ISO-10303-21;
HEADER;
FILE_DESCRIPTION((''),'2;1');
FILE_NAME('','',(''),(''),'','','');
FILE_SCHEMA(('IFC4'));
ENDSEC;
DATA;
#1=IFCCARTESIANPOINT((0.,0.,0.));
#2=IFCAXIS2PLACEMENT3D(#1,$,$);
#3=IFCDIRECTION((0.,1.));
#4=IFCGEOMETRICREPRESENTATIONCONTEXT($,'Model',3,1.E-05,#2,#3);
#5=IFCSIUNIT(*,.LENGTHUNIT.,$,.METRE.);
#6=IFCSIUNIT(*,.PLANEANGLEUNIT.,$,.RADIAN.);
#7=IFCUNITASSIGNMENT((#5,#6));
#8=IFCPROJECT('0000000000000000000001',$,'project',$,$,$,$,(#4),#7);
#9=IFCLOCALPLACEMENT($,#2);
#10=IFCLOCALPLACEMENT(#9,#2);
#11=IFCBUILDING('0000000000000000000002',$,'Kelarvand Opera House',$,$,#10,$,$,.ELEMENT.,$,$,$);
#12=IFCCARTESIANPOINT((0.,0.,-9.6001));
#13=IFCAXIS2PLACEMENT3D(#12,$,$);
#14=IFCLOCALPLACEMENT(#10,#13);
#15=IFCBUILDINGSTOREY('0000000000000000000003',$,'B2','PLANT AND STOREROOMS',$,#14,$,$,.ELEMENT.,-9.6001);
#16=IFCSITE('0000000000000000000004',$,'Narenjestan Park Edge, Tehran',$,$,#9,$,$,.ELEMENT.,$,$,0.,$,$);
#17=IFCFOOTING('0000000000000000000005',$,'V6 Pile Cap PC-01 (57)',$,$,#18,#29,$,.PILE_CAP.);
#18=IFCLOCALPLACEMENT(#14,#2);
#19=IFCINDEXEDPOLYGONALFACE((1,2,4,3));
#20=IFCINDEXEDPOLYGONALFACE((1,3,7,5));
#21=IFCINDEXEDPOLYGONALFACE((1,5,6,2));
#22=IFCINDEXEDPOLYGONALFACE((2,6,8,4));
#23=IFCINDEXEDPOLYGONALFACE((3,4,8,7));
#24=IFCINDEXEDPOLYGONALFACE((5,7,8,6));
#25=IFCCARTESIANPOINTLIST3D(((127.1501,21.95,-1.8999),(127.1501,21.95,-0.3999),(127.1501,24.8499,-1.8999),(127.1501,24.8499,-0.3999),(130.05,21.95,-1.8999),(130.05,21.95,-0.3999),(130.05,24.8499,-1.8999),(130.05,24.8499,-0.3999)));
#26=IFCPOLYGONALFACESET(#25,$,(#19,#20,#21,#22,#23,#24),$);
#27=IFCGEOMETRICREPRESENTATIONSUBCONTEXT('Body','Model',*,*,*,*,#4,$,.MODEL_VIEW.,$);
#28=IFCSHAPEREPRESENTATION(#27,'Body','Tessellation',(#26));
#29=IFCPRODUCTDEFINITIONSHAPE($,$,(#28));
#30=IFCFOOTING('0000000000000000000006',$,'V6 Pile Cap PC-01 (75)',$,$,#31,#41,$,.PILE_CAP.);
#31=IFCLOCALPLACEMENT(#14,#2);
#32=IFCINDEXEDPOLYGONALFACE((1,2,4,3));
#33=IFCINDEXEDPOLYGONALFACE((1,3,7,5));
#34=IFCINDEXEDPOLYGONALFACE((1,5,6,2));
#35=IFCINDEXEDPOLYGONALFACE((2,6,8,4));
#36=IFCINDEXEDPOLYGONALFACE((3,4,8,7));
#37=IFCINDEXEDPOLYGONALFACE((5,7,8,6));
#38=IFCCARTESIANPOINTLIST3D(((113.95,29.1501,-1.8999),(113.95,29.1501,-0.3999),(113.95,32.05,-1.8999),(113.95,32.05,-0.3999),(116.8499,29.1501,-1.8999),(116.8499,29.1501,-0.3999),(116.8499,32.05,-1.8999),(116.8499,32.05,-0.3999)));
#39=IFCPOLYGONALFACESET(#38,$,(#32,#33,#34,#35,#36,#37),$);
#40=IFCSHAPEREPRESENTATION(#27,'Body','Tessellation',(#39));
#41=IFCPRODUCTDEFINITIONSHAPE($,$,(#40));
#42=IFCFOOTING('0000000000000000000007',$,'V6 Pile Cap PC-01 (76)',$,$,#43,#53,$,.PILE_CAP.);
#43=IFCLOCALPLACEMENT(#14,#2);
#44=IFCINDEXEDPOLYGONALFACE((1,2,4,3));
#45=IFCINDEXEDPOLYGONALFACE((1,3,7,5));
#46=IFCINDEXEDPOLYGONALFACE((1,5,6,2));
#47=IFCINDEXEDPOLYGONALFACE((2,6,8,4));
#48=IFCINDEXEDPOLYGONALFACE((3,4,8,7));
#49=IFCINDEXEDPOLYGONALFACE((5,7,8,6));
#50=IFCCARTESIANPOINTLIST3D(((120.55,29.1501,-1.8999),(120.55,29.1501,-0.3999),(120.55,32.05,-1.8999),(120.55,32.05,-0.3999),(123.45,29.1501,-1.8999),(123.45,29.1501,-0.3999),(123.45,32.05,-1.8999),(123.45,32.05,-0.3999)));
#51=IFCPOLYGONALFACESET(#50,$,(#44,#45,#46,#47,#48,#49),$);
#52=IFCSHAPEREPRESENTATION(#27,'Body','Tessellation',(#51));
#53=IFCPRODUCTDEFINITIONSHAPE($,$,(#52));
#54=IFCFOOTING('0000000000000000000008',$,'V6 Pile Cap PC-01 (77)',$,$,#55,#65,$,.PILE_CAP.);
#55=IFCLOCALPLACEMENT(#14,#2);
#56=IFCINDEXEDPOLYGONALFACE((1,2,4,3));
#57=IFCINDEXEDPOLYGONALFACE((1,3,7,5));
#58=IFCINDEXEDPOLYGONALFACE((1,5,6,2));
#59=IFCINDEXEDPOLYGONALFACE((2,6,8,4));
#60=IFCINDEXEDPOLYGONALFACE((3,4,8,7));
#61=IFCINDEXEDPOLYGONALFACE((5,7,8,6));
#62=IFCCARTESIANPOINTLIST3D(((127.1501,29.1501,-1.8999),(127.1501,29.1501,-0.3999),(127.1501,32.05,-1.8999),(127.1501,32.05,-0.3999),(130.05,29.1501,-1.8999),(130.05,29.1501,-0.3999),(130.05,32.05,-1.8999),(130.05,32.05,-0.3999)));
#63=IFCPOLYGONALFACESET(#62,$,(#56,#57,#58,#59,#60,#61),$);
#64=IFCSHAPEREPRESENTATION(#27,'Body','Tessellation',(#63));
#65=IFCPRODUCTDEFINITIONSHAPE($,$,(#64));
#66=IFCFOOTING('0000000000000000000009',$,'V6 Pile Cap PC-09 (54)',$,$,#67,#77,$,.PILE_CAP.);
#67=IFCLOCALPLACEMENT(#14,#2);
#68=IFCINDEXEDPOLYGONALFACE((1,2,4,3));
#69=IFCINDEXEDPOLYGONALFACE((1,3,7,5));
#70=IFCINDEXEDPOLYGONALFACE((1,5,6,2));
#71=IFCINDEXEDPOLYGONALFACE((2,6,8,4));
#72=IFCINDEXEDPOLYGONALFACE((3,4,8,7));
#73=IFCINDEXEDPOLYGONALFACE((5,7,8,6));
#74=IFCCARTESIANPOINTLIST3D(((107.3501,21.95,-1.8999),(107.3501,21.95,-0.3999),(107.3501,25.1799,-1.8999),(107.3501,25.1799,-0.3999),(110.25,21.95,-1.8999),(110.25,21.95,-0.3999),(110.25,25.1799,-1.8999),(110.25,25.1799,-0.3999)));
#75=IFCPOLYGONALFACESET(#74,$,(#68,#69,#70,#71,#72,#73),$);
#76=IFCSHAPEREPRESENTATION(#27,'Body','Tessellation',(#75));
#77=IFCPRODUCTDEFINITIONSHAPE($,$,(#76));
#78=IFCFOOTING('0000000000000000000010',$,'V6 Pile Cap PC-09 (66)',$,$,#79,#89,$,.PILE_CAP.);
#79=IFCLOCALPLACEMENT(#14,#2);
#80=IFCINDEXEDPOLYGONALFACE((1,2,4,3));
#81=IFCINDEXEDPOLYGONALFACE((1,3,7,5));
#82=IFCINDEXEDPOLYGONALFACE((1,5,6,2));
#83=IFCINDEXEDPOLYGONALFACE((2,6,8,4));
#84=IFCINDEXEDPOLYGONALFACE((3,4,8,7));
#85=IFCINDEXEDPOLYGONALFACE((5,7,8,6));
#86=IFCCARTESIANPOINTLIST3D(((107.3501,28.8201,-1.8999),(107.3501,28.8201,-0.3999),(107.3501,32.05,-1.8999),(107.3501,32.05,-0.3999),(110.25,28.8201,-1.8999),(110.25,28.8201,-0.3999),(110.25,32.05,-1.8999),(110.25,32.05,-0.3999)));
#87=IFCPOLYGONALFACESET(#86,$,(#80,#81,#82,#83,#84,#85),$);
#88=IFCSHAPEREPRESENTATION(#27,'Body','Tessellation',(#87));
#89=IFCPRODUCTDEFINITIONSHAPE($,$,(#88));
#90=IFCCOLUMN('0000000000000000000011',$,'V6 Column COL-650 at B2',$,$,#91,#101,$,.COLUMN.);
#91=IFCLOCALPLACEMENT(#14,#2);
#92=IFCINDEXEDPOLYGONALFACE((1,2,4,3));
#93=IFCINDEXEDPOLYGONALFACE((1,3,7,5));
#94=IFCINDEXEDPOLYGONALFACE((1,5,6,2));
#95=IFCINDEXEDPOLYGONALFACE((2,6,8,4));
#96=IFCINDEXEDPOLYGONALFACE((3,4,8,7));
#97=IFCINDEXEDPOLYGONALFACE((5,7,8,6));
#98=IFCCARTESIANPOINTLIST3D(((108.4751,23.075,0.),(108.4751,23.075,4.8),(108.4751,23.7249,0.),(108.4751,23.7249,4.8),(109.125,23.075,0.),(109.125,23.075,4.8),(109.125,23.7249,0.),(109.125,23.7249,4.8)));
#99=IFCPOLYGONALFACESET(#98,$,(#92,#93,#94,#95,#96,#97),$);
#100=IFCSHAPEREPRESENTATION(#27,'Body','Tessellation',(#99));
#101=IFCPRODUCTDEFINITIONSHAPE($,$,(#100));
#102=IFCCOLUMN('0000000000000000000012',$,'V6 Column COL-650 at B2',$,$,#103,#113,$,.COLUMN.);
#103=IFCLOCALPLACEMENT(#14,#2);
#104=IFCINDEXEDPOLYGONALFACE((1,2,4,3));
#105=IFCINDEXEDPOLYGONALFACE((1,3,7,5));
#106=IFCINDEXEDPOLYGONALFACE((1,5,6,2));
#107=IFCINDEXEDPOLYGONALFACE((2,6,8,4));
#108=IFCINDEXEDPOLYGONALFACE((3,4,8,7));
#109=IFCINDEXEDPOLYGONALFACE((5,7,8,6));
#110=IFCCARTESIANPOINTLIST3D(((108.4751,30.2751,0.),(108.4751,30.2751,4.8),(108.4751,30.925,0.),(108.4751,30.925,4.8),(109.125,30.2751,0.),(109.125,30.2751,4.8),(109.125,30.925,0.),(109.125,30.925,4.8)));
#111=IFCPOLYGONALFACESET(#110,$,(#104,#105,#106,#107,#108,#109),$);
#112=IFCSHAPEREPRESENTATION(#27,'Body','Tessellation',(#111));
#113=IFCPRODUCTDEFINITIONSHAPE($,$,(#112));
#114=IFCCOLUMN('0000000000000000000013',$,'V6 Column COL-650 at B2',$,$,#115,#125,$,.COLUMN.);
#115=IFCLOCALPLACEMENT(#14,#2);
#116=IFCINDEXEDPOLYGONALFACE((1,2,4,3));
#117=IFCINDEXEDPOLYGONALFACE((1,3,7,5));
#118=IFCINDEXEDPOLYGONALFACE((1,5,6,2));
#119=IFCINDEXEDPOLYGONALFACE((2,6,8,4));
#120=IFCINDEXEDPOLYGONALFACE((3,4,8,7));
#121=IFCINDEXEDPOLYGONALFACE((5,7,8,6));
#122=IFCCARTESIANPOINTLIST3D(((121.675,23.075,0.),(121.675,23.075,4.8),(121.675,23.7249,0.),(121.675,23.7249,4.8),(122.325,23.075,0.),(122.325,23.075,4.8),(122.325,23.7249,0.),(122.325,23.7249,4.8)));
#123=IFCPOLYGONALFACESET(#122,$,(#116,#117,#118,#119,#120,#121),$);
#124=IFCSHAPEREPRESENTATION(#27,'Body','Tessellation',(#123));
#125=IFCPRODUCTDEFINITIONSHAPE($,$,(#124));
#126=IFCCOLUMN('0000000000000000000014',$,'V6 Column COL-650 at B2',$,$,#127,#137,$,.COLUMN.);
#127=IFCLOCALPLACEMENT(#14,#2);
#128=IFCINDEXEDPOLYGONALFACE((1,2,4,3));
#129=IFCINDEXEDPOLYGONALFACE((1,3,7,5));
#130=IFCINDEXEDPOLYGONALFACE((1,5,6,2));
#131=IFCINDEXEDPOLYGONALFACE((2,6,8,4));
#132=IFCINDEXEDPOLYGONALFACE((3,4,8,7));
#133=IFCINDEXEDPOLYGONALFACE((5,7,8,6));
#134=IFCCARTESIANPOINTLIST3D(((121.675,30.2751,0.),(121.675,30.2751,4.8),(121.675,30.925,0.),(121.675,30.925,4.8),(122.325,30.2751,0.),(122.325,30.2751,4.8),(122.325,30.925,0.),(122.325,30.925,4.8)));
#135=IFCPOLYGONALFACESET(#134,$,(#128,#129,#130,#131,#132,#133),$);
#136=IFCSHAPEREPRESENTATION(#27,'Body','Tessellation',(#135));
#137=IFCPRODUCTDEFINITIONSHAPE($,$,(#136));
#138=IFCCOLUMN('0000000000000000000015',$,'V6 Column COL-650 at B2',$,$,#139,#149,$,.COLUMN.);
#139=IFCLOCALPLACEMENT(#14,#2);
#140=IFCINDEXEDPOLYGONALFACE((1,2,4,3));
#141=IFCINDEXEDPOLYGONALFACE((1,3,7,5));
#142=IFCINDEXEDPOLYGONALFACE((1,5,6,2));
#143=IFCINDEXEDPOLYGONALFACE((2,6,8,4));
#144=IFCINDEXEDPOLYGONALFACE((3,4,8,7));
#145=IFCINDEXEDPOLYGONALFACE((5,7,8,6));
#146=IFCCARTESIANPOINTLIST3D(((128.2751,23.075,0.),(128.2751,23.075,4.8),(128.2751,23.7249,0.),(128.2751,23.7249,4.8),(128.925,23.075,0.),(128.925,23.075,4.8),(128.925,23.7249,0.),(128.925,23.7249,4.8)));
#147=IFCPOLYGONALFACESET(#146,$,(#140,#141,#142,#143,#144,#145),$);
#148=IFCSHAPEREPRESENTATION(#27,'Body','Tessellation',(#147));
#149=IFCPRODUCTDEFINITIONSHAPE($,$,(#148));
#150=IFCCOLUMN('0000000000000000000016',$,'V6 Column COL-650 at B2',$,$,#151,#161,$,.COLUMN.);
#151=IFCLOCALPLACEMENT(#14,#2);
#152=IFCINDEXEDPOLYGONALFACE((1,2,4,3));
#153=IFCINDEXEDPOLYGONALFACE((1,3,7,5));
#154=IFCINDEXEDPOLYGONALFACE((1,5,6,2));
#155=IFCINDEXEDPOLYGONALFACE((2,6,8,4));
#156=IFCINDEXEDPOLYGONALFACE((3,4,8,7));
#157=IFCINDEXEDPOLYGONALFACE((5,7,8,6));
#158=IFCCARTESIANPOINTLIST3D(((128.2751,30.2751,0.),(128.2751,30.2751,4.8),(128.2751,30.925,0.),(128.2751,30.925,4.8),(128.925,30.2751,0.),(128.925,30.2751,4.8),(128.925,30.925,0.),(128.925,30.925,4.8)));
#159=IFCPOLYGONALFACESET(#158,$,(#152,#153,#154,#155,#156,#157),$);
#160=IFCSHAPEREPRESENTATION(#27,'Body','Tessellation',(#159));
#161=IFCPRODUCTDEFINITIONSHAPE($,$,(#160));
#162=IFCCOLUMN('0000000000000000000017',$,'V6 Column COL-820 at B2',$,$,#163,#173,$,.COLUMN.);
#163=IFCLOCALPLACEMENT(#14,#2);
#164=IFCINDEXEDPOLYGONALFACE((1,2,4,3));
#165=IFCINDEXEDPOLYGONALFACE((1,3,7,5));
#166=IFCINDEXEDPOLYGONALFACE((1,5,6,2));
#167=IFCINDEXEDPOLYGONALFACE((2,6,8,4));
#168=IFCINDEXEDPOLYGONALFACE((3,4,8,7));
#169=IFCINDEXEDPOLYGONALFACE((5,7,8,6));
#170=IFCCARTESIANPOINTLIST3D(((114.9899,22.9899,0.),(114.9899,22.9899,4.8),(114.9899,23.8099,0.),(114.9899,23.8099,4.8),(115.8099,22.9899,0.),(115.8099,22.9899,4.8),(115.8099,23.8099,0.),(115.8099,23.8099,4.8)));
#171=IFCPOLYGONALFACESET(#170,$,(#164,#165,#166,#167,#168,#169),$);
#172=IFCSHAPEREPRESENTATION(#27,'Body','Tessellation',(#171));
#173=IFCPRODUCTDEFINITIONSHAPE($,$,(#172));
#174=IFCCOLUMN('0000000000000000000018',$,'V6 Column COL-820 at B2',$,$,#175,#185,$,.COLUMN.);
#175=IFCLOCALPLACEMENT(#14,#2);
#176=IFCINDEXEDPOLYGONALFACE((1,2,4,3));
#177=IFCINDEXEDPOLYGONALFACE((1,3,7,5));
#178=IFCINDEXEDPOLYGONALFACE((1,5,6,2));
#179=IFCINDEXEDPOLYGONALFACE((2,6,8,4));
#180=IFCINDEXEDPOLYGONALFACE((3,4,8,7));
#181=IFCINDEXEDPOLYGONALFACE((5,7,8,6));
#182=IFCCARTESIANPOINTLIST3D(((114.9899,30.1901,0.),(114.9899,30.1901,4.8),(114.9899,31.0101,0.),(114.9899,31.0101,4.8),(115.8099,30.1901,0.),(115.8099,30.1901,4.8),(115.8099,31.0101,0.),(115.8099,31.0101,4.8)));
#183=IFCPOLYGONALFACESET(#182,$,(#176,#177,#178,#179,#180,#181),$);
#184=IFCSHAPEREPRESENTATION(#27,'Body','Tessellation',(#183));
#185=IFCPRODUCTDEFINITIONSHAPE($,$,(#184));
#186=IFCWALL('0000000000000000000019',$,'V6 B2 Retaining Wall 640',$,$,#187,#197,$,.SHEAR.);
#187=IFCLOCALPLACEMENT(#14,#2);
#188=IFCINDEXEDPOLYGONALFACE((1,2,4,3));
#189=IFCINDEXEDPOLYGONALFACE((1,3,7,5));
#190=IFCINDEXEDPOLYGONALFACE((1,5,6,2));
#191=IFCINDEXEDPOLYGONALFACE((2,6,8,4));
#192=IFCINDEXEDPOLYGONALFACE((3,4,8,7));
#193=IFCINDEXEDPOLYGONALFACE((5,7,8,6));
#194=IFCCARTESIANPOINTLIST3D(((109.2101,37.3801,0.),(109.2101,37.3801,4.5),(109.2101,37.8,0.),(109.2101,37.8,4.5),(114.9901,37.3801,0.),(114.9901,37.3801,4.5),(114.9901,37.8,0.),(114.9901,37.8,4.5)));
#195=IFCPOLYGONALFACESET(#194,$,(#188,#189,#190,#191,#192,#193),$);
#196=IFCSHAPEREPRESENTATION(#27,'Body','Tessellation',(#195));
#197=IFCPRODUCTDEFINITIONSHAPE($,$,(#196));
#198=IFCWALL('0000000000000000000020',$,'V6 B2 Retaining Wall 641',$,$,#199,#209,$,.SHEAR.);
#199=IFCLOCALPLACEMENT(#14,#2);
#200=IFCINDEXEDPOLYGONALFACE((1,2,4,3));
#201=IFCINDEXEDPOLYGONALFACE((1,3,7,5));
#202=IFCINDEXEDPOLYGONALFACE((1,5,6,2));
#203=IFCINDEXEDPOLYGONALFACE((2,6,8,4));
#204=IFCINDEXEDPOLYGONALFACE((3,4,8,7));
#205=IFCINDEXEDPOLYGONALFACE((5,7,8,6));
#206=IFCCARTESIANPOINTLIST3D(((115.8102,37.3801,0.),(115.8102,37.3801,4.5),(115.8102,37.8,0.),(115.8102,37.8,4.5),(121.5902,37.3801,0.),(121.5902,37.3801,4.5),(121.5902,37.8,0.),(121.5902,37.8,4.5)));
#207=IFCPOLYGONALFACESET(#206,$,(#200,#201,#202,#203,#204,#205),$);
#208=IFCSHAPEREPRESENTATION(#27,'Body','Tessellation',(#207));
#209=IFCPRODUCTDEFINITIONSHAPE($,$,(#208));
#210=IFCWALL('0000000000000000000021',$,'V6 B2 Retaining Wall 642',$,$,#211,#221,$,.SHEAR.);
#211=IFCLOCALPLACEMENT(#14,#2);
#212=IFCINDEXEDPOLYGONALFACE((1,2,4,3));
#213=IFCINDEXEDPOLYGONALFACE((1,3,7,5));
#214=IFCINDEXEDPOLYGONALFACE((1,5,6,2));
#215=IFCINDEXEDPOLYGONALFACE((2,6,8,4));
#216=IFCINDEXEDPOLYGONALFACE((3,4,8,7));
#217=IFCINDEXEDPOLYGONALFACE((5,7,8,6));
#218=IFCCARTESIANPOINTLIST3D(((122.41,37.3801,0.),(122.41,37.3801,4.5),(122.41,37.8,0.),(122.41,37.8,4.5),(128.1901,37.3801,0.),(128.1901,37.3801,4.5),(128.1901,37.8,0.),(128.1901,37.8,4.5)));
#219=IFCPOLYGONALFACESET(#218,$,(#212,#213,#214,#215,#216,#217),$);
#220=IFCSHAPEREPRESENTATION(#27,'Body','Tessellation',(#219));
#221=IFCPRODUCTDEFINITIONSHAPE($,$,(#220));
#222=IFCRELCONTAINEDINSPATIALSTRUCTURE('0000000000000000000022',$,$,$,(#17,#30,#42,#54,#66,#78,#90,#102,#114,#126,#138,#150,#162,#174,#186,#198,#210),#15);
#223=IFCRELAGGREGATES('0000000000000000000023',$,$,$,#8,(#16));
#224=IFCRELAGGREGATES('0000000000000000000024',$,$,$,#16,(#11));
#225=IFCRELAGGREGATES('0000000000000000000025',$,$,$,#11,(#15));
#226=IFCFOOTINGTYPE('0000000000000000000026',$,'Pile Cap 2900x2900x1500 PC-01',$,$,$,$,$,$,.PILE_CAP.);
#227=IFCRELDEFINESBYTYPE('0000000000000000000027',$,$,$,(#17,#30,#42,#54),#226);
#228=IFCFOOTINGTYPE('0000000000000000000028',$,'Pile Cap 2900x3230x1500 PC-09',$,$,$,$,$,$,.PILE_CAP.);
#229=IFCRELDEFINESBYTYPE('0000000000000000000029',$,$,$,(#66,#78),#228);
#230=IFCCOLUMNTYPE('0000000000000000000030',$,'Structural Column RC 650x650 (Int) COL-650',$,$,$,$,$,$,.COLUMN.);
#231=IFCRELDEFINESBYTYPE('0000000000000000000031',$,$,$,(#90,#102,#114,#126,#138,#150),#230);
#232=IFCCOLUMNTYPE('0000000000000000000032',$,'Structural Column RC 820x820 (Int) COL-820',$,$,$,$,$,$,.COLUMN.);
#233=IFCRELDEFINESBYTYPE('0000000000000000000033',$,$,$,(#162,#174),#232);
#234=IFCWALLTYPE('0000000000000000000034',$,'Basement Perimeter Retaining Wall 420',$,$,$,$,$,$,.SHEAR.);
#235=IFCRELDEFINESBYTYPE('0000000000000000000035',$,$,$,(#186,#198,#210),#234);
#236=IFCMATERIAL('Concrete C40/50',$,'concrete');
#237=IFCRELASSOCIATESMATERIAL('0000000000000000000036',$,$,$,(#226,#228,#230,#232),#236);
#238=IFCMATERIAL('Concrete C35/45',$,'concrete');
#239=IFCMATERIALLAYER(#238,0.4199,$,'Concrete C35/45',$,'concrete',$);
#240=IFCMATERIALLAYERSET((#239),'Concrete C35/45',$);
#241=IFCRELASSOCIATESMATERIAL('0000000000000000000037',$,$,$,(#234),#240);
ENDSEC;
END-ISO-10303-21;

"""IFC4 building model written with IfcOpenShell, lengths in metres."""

from ifc_helpers import new_model, si_unit, direction, frame, frame_2d, origin, origin_2d, place, context, subcontext, project, spatial, rectangle, extrude, material, layer, layer_set, material_profile, profile_set, type_object, element, save


model = new_model("IFC4")

# Units and contexts
model_context = context("Model", 3, precision=1e-05, world=origin(), true_north=direction((0.0, 1.0)))
body_context = subcontext(model_context, "Body", "Model", "MODEL_VIEW")
ifc_project = project(units=[si_unit("LENGTHUNIT", "METRE"), si_unit("PLANEANGLEUNIT", "RADIAN")], contexts=[model_context])

# Site, building, storey
site_placement = place(None, origin())
site = spatial("IfcSite", under=ifc_project, at=site_placement, Name="Narenjestan Park Edge, Tehran", CompositionType="ELEMENT", RefElevation=0.0)
building_placement = place(site_placement, origin())
building = spatial("IfcBuilding", under=site, at=building_placement, Name="Kelarvand Opera House", CompositionType="ELEMENT")
storey_placement = place(building_placement, frame((0.0, 0.0, -9.6001)))
storey = spatial("IfcBuildingStorey", under=building, at=storey_placement, Name="B2", Description="PLANT AND STOREROOMS", CompositionType="ELEMENT", Elevation=-9.6001)

# Shared definitions
ifc_material_1 = material(Name="Concrete C40/50", Category="concrete")

# Footings
footing_type_1 = type_object("IfcFootingType", Name="Pile Cap 2900x2900x1500 PC-01", PredefinedType="PILE_CAP", material=ifc_material_1)
for number, where, z_axis, x_axis, name in (
    (1, (128.6001, 23.3999, -1.8999), (0.0, 0.0, 1.0), (1.0, 0.0, 0.0), "V6 Pile Cap PC-01 (57)"),
    (2, (115.3999, 30.6001, -1.8999), (0.0, 0.0, 1.0), (1.0, 0.0, 0.0), "V6 Pile Cap PC-01 (75)"),
    (3, (122.0, 30.6001, -1.8999), (0.0, 0.0, 1.0), (1.0, 0.0, 0.0), "V6 Pile Cap PC-01 (76)"),
    (4, (128.6001, 30.6001, -1.8999), (0.0, 0.0, 1.0), (1.0, 0.0, 0.0), "V6 Pile Cap PC-01 (77)"),
):
    element("IfcFooting", number, at=place(storey_placement, frame(where, z_axis=z_axis, x_axis=x_axis)), inside=storey, type_object=footing_type_1, Name=name, PredefinedType="PILE_CAP", context=body_context, shape_type="SweptSolid", body=[
        extrude(rectangle(XDim=2.8999, YDim=2.8999, at=origin_2d()), origin(), (0.0, 0.0, 1.0), 1.5),
    ])
footing_type_2 = type_object("IfcFootingType", Name="Pile Cap 2900x3230x1500 PC-09", PredefinedType="PILE_CAP", material=ifc_material_1)
for number, where, z_axis, x_axis, name in (
    (5, (108.8, 23.5649, -1.8999), (0.0, 0.0, 1.0), (1.0, 0.0, 0.0), "V6 Pile Cap PC-09 (54)"),
    (6, (108.8, 30.4351, -1.8999), (0.0, 0.0, 1.0), (1.0, 0.0, 0.0), "V6 Pile Cap PC-09 (66)"),
):
    element("IfcFooting", number, at=place(storey_placement, frame(where, z_axis=z_axis, x_axis=x_axis)), inside=storey, type_object=footing_type_2, Name=name, PredefinedType="PILE_CAP", context=body_context, shape_type="SweptSolid", body=[
        extrude(rectangle(XDim=2.8999, YDim=3.23, at=origin_2d()), origin(), (0.0, 0.0, 1.0), 1.5),
    ])

# Columns
ifc_material_profile_1 = material_profile(ifc_material_1, rectangle(XDim=0.6499, YDim=0.6499, at=origin_2d()), Name="RC 650x650", Category="concrete")
ifc_profile_set_1 = profile_set([ifc_material_profile_1], Name="Concrete C40/50")
column_type_1 = type_object("IfcColumnType", Name="Structural Column RC 650x650 (Int) COL-650", PredefinedType="COLUMN", material=ifc_profile_set_1)
for number, where, z_axis, x_axis, name in (
    (7, (108.8, 23.3999, 0.0), (0.0, 0.0, 1.0), (1.0, 0.0, 0.0), "V6 Column COL-650 at B2"),
    (8, (108.8, 30.6001, 0.0), (0.0, 0.0, 1.0), (1.0, 0.0, 0.0), "V6 Column COL-650 at B2"),
    (9, (122.0, 23.3999, 0.0), (0.0, 0.0, 1.0), (1.0, 0.0, 0.0), "V6 Column COL-650 at B2"),
    (10, (122.0, 30.6001, 0.0), (0.0, 0.0, 1.0), (1.0, 0.0, 0.0), "V6 Column COL-650 at B2"),
    (11, (128.6001, 23.3999, 0.0), (0.0, 0.0, 1.0), (1.0, 0.0, 0.0), "V6 Column COL-650 at B2"),
    (12, (128.6001, 30.6001, 0.0), (0.0, 0.0, 1.0), (1.0, 0.0, 0.0), "V6 Column COL-650 at B2"),
):
    element("IfcColumn", number, at=place(storey_placement, frame(where, z_axis=z_axis, x_axis=x_axis)), inside=storey, type_object=column_type_1, Name=name, PredefinedType="COLUMN", context=body_context, shape_type="SweptSolid", body=[
        extrude(rectangle(XDim=0.6499, YDim=0.6499, at=origin_2d()), origin(), (0.0, 0.0, 1.0), 4.8),
    ])
ifc_material_profile_2 = material_profile(ifc_material_1, rectangle(XDim=0.8201, YDim=0.8201, at=origin_2d()), Name="RC 820x820", Category="concrete")
ifc_profile_set_2 = profile_set([ifc_material_profile_2], Name="Concrete C40/50")
column_type_2 = type_object("IfcColumnType", Name="Structural Column RC 820x820 (Int) COL-820", PredefinedType="COLUMN", material=ifc_profile_set_2)
for number, where, z_axis, x_axis, name in (
    (13, (115.3999, 23.3999, 0.0), (0.0, 0.0, 1.0), (1.0, 0.0, 0.0), "V6 Column COL-820 at B2"),
    (14, (115.3999, 30.6001, 0.0), (0.0, 0.0, 1.0), (1.0, 0.0, 0.0), "V6 Column COL-820 at B2"),
):
    element("IfcColumn", number, at=place(storey_placement, frame(where, z_axis=z_axis, x_axis=x_axis)), inside=storey, type_object=column_type_2, Name=name, PredefinedType="COLUMN", context=body_context, shape_type="SweptSolid", body=[
        extrude(rectangle(XDim=0.8201, YDim=0.8201, at=origin_2d()), origin(), (0.0, 0.0, 1.0), 4.8),
    ])

# Walls
ifc_material_2 = material(Name="Concrete C35/45", Category="concrete")
ifc_layer_1 = layer(ifc_material_2, 0.4199, Name="Concrete C35/45", Category="concrete")
ifc_layer_set_1 = layer_set([ifc_layer_1], Name="Concrete C35/45")
wall_type_1 = type_object("IfcWallType", Name="Basement Perimeter Retaining Wall 420", PredefinedType="SHEAR", material=ifc_layer_set_1)
for number, where, z_axis, x_axis, name in (
    (15, (109.21, 37.5901, 0.0), (0.0, 0.0, 1.0), (1.0, 0.0, 0.0), "V6 B2 Retaining Wall 640"),
    (16, (115.8101, 37.5901, 0.0), (0.0, 0.0, 1.0), (1.0, 0.0, 0.0), "V6 B2 Retaining Wall 641"),
    (17, (122.4099, 37.5901, 0.0), (0.0, 0.0, 1.0), (1.0, 0.0, 0.0), "V6 B2 Retaining Wall 642"),
):
    element("IfcWall", number, at=place(storey_placement, frame(where, z_axis=z_axis, x_axis=x_axis)), inside=storey, type_object=wall_type_1, Name=name, PredefinedType="SHEAR", context=body_context, shape_type="SweptSolid", body=[
        extrude(rectangle(XDim=5.78, YDim=0.4199, at=frame_2d((2.8901, 0.0))), origin(), (0.0, 0.0, 1.0), 4.5),
    ])

save(model, "model.ifc")
